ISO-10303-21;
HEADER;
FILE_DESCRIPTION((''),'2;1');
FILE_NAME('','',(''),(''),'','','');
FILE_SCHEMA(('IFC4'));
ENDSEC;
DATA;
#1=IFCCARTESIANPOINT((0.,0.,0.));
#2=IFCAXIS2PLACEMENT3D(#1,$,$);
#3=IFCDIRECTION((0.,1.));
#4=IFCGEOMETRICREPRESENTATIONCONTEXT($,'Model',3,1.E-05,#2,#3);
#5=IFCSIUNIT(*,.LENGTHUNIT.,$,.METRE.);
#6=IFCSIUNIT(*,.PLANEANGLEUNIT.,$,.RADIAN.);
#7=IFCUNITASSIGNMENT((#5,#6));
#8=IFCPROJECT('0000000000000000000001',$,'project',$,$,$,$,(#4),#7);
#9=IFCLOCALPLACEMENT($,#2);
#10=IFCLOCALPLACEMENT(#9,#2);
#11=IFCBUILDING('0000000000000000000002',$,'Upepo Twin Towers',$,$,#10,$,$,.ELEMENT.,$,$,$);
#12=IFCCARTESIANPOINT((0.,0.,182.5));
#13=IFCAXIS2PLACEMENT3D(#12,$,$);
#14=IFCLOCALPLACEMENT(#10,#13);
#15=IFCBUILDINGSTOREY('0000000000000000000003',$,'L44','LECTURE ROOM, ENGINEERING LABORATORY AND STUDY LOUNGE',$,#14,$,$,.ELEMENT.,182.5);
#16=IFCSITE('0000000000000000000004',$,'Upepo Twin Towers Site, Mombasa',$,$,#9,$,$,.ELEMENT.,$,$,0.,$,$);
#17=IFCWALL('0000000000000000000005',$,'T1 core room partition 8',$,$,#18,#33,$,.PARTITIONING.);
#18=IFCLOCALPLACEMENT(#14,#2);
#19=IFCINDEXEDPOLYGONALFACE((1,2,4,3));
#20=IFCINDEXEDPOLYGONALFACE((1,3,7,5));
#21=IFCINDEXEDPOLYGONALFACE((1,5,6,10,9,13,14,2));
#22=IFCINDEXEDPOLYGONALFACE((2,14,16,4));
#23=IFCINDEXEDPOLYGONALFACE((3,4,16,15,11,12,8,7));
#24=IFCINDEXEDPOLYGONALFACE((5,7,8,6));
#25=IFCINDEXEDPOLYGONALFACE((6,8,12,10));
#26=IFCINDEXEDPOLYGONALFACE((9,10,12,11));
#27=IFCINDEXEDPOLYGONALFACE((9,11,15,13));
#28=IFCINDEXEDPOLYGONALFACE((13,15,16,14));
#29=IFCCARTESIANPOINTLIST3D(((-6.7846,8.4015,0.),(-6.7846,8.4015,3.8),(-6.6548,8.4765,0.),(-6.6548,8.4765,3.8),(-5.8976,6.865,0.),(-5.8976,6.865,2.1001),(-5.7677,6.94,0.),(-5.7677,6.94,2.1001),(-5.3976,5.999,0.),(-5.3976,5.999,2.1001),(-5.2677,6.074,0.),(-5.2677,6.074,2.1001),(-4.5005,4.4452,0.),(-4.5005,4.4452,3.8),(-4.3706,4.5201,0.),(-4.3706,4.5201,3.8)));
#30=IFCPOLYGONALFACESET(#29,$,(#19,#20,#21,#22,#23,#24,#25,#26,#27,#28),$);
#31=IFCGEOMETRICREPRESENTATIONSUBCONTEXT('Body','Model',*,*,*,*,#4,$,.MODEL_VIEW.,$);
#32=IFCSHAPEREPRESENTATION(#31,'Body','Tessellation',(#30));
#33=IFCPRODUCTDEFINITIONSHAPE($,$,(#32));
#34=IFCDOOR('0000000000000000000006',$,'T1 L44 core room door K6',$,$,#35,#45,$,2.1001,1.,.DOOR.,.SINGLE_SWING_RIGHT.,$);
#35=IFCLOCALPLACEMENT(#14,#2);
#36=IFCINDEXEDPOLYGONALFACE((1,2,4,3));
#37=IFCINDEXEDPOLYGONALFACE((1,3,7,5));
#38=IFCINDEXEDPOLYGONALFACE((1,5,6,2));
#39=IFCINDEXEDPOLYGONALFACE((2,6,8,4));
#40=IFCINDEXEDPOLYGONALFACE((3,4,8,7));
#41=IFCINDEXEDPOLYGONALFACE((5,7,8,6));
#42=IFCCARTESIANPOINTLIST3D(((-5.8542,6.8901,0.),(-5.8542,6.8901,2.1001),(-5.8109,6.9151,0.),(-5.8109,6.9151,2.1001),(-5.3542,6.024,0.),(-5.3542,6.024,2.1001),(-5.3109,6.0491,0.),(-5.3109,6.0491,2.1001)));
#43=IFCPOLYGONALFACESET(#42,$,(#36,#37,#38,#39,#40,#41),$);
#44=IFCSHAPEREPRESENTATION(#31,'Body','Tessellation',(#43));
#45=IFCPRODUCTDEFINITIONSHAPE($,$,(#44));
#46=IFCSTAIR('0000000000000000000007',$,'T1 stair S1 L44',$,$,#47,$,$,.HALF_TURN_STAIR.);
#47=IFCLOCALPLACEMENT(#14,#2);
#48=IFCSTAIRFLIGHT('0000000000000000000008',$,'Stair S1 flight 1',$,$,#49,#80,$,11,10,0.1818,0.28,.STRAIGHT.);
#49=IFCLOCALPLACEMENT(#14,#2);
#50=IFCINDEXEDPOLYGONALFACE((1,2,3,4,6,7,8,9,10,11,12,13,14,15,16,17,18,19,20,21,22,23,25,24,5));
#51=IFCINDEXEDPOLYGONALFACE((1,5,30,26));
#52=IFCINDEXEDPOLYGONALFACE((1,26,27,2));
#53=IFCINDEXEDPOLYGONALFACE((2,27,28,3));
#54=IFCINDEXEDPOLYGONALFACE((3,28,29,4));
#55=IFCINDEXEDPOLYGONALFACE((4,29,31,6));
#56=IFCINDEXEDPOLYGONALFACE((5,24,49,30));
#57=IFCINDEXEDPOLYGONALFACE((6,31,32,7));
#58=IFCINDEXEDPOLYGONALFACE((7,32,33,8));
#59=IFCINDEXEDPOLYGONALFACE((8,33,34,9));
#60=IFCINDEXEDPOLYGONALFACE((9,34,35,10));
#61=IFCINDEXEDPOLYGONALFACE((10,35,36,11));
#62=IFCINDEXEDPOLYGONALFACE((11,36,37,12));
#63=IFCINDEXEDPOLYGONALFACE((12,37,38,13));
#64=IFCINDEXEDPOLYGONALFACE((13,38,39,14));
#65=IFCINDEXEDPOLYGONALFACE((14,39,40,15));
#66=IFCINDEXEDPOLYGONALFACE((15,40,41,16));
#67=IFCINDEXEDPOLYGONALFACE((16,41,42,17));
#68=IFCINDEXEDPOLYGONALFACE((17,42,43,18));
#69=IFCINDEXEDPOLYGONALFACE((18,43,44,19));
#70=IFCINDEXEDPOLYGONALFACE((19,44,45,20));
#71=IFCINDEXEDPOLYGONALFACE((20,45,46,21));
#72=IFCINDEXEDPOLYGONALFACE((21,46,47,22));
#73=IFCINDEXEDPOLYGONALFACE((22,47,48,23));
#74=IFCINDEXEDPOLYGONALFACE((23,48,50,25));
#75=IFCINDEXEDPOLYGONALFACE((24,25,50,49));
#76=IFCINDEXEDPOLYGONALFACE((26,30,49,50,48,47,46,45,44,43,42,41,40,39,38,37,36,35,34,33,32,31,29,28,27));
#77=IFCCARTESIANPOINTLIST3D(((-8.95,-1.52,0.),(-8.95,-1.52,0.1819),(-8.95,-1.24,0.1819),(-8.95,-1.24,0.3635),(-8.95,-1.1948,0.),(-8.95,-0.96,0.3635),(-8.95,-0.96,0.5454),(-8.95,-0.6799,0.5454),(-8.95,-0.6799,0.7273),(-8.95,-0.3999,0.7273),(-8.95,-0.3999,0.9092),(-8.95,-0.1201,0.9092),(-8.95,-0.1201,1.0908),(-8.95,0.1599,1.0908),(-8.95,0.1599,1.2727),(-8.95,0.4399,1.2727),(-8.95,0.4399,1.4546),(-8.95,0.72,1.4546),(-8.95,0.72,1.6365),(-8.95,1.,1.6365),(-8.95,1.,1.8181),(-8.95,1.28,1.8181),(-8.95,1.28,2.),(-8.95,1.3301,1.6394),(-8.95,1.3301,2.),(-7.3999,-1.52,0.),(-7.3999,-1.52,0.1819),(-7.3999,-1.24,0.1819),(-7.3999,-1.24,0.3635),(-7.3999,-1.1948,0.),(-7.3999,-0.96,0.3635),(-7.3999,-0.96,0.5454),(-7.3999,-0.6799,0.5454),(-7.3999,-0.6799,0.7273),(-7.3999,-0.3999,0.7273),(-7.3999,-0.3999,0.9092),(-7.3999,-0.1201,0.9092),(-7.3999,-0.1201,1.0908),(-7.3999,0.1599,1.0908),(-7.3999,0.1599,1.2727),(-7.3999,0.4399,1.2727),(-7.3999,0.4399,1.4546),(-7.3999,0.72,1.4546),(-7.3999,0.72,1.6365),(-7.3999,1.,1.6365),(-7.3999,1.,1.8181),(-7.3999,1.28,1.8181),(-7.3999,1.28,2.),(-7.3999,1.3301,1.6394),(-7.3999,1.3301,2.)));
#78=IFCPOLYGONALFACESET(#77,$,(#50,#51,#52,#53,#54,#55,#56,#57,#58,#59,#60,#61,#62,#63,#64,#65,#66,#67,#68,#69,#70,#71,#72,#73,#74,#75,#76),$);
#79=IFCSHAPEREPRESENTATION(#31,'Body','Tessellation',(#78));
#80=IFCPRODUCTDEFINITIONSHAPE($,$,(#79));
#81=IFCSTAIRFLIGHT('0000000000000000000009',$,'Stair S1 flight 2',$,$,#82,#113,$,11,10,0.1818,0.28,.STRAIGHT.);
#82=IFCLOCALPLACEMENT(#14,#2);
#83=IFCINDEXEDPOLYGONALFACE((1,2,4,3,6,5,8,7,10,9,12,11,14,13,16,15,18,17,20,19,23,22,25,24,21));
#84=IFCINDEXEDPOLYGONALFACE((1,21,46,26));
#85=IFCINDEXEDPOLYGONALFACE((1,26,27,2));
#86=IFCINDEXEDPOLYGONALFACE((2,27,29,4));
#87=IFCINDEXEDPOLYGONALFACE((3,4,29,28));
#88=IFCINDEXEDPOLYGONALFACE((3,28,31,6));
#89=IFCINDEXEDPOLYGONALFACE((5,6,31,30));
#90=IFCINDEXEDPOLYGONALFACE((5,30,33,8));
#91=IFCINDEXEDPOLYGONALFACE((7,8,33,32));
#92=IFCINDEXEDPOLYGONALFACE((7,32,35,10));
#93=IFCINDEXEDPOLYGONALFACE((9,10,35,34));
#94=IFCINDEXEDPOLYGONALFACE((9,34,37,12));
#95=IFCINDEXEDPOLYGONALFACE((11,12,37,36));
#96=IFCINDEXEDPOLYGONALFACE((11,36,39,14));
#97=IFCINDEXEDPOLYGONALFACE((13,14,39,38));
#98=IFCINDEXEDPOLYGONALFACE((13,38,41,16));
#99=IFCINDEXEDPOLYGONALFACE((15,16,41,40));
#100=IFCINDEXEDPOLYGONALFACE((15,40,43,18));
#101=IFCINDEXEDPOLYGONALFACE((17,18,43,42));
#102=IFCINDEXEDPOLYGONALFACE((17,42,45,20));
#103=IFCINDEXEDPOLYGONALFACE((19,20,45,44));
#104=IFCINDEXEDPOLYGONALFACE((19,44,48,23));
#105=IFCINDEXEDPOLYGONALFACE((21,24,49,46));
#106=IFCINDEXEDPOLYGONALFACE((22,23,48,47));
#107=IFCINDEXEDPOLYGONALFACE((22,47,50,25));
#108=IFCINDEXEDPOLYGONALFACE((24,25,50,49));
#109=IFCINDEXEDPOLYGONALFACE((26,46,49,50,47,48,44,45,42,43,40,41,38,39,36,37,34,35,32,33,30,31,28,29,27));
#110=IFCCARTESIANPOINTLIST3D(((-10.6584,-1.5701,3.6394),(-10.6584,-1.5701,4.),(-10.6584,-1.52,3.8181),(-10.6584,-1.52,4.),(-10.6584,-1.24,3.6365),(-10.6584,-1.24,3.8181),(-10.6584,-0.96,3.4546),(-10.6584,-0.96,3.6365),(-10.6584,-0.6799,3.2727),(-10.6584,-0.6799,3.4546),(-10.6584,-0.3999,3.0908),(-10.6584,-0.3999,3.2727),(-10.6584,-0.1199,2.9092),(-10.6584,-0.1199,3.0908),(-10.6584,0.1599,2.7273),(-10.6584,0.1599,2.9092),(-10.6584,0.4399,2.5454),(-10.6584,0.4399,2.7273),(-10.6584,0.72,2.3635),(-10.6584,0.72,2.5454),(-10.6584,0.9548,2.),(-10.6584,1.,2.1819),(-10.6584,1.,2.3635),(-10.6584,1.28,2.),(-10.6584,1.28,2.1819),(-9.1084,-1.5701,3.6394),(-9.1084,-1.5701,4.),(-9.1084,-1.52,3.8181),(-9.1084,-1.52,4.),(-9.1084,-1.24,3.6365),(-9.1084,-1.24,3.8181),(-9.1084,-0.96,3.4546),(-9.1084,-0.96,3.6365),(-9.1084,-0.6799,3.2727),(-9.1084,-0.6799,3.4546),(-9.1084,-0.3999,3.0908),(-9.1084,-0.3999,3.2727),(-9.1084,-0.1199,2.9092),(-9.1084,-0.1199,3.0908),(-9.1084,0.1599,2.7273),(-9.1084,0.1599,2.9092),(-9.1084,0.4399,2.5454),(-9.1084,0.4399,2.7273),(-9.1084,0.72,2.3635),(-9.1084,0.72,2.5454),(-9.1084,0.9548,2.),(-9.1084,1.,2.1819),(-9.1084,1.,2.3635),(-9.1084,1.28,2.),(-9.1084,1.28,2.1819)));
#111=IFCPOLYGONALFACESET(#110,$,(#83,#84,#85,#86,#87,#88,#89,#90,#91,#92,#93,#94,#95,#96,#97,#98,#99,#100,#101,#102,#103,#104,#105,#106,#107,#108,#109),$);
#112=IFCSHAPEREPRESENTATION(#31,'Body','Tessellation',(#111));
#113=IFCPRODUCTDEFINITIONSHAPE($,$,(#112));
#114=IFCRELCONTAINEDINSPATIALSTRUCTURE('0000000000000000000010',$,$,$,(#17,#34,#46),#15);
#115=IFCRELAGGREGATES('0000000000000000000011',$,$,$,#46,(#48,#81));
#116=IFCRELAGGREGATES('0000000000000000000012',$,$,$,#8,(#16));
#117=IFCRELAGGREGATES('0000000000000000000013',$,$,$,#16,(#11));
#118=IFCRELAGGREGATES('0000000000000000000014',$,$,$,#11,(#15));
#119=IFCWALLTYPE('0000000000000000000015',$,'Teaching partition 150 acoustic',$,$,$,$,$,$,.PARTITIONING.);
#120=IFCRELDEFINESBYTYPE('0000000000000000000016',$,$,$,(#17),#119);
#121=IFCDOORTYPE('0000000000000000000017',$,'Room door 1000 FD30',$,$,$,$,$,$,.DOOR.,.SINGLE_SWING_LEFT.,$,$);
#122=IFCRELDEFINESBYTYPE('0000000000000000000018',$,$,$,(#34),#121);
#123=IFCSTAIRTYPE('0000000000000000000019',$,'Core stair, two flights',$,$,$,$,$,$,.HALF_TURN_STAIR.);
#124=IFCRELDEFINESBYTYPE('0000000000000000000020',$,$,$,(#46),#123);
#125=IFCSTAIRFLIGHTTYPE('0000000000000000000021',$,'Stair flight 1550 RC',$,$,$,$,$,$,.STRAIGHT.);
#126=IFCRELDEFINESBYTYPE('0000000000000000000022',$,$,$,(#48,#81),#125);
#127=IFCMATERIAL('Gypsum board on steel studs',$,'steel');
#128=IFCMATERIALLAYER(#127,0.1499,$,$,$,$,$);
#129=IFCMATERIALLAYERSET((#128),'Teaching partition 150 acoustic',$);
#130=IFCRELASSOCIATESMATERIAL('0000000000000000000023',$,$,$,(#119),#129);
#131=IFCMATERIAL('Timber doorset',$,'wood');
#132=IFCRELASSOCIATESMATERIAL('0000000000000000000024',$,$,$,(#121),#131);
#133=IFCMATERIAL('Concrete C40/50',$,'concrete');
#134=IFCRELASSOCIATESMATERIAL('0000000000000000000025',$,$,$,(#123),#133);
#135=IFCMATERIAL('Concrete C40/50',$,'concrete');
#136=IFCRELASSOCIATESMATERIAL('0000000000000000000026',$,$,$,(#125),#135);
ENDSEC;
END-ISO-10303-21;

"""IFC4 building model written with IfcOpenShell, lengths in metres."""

from ifc_helpers import new_model, si_unit, direction, frame, frame_2d, origin, place, context, subcontext, project, spatial, polyline, rectangle, outline, extrude, material, layer, layer_set, type_object, element, fill, aggregate, save


model = new_model("IFC4")

# Units and contexts
model_context = context("Model", 3, precision=1e-05, world=origin(), true_north=direction((0.0, 1.0)))
body_context = subcontext(model_context, "Body", "Model", "MODEL_VIEW")
ifc_project = project(units=[si_unit("LENGTHUNIT", "METRE"), si_unit("PLANEANGLEUNIT", "RADIAN")], contexts=[model_context])

# Site, building, storey
site_placement = place(None, origin())
site = spatial("IfcSite", under=ifc_project, at=site_placement, Name="Upepo Twin Towers Site, Mombasa", CompositionType="ELEMENT", RefElevation=0.0)
building_placement = place(site_placement, origin())
building = spatial("IfcBuilding", under=site, at=building_placement, Name="Upepo Twin Towers", CompositionType="ELEMENT")
storey_placement = place(building_placement, frame((0.0, 0.0, 182.5)))
storey = spatial("IfcBuildingStorey", under=building, at=storey_placement, Name="L44", Description="LECTURE ROOM, ENGINEERING LABORATORY AND STUDY LOUNGE", CompositionType="ELEMENT", Elevation=182.5)

# Shared definitions
ifc_material_1 = material(Name="Gypsum board on steel studs", Category="steel")
ifc_layer_1 = layer(ifc_material_1, 0.1499)
ifc_layer_set_1 = layer_set([ifc_layer_1], Name="Teaching partition 150 acoustic")
wall_type_1 = type_object("IfcWallType", Name="Teaching partition 150 acoustic", PredefinedType="PARTITIONING", material=ifc_layer_set_1)

# Wall, opening, door
wall_1_placement = place(storey_placement, frame((-4.4355, 4.4827, 0.0), z_axis=(0.0, 0.0, 1.0), x_axis=(-0.500002, 0.866025, 0.0)))
wall_1 = element("IfcWall", 1, at=wall_1_placement, inside=storey, type_object=wall_type_1, Name="T1 core room partition 8", PredefinedType="PARTITIONING", context=body_context, shape_type="SweptSolid", body=[
    extrude(rectangle(XDim=4.5684, YDim=0.1499, at=frame_2d((2.2842, 0.0))), origin(), (0.0, 0.0, 1.0), 3.8),
])
opening_1_placement = place(wall_1_placement, frame((1.7942, 0.0, 0.0)))
opening_1 = element("IfcOpeningElement", 2, at=opening_1_placement, cuts=wall_1, PredefinedType="OPENING", context=body_context, shape_type="SweptSolid", body=[
    extrude(rectangle(XDim=1.0, YDim=2.1001, at=frame_2d((0.5, 1.05))), frame((0.0, 0.085, 0.0), z_axis=(0.0, -1.0, 0.0), x_axis=(1.0, 0.0, 0.0)), (0.0, 0.0, 1.0), 0.1699),
])
ifc_material_2 = material(Name="Timber doorset", Category="wood")
door_type_1 = type_object("IfcDoorType", Name="Room door 1000 FD30", OperationType="SINGLE_SWING_LEFT", PredefinedType="DOOR", material=ifc_material_2)
door_1_placement = place(opening_1_placement, origin())
door_1 = element("IfcDoor", 3, at=door_1_placement, inside=storey, type_object=door_type_1, Name="T1 L44 core room door K6", OperationType="SINGLE_SWING_RIGHT", OverallHeight=2.1001, OverallWidth=1.0, PredefinedType="DOOR", context=body_context, shape_type="SweptSolid", body=[
    extrude(rectangle(XDim=1.0, YDim=2.1001, at=frame_2d((0.5, 1.05))), frame((0.0, 0.0249, 0.0), z_axis=(0.0, -1.0, 0.0), x_axis=(1.0, 0.0, 0.0)), (0.0, 0.0, 1.0), 0.05),
])
fill(opening_1, door_1)

# Stair, stair flights
ifc_material_3 = material(Name="Concrete C40/50", Category="concrete")
stair_type = type_object("IfcStairType", Name="Core stair, two flights", PredefinedType="HALF_TURN_STAIR", material=ifc_material_3)
stair_placement = place(storey_placement, origin())
stair = element("IfcStair", 4, at=stair_placement, inside=storey, type_object=stair_type, Name="T1 stair S1 L44", PredefinedType="HALF_TURN_STAIR")
ifc_material_4 = material(Name="Concrete C40/50", Category="concrete")
stair_flight_type = type_object("IfcStairFlightType", Name="Stair flight 1550 RC", PredefinedType="STRAIGHT", material=ifc_material_4)
stair_flight_1_placement = place(storey_placement, frame((-8.175, -1.52, 0.0), z_axis=(0.0, 0.0, 1.0), x_axis=(0.0, 1.0, 0.0)))
stair_flight_1 = element("IfcStairFlight", 5, at=stair_flight_1_placement, type_object=stair_flight_type, Name="Stair S1 flight 1", NumberOfRisers=11, NumberOfTreads=10, PredefinedType="STRAIGHT", RiserHeight=0.1818, TreadLength=0.28, context=body_context, shape_type="SweptSolid", body=[
    extrude(outline(polyline([(0.0, 0.0), (0.0, 0.1819), (0.28, 0.1819), (0.28, 0.3635), (0.5601, 0.3635), (0.5601, 0.5454), (0.8401, 0.5454), (0.8401, 0.7273), (1.1201, 0.7273), (1.1201, 0.9092), (1.3999, 0.9092), (1.3999, 1.0908), (1.6799, 1.0908), (1.6799, 1.2727), (1.96, 1.2727), (1.96, 1.4546), (2.24, 1.4546), (2.24, 1.6365), (2.52, 1.6365), (2.52, 1.8181), (2.8, 1.8181), (2.8, 2.0), (2.8501, 2.0), (2.8501, 1.6394), (0.3252, 0.0), (0.0, 0.0)])), frame((0.0, 0.7749, 0.0), z_axis=(0.0, -1.0, 0.0), x_axis=(1.0, 0.0, 0.0)), (0.0, 0.0, 1.0), 1.55),
])
stair_flight_2_placement = place(storey_placement, frame((-9.8833, 1.28, 2.0), z_axis=(0.0, 0.0, 1.0), x_axis=(0.0, -1.0, 0.0)))
stair_flight_2 = element("IfcStairFlight", 6, at=stair_flight_2_placement, type_object=stair_flight_type, Name="Stair S1 flight 2", NumberOfRisers=11, NumberOfTreads=10, PredefinedType="STRAIGHT", RiserHeight=0.1818, TreadLength=0.28, context=body_context, shape_type="SweptSolid", body=[
    extrude(outline(polyline([(0.0, 0.0), (0.0, 0.1819), (0.28, 0.1819), (0.28, 0.3635), (0.5601, 0.3635), (0.5601, 0.5454), (0.8401, 0.5454), (0.8401, 0.7273), (1.1201, 0.7273), (1.1201, 0.9092), (1.3999, 0.9092), (1.3999, 1.0908), (1.6799, 1.0908), (1.6799, 1.2727), (1.96, 1.2727), (1.96, 1.4546), (2.24, 1.4546), (2.24, 1.6365), (2.52, 1.6365), (2.52, 1.8181), (2.8, 1.8181), (2.8, 2.0), (2.8501, 2.0), (2.8501, 1.6394), (0.3252, 0.0), (0.0, 0.0)])), frame((0.0, 0.7749, 0.0), z_axis=(0.0, -1.0, 0.0), x_axis=(1.0, 0.0, 0.0)), (0.0, 0.0, 1.0), 1.55),
])
aggregate(stair, [stair_flight_1, stair_flight_2])

save(model, "model.ifc")
